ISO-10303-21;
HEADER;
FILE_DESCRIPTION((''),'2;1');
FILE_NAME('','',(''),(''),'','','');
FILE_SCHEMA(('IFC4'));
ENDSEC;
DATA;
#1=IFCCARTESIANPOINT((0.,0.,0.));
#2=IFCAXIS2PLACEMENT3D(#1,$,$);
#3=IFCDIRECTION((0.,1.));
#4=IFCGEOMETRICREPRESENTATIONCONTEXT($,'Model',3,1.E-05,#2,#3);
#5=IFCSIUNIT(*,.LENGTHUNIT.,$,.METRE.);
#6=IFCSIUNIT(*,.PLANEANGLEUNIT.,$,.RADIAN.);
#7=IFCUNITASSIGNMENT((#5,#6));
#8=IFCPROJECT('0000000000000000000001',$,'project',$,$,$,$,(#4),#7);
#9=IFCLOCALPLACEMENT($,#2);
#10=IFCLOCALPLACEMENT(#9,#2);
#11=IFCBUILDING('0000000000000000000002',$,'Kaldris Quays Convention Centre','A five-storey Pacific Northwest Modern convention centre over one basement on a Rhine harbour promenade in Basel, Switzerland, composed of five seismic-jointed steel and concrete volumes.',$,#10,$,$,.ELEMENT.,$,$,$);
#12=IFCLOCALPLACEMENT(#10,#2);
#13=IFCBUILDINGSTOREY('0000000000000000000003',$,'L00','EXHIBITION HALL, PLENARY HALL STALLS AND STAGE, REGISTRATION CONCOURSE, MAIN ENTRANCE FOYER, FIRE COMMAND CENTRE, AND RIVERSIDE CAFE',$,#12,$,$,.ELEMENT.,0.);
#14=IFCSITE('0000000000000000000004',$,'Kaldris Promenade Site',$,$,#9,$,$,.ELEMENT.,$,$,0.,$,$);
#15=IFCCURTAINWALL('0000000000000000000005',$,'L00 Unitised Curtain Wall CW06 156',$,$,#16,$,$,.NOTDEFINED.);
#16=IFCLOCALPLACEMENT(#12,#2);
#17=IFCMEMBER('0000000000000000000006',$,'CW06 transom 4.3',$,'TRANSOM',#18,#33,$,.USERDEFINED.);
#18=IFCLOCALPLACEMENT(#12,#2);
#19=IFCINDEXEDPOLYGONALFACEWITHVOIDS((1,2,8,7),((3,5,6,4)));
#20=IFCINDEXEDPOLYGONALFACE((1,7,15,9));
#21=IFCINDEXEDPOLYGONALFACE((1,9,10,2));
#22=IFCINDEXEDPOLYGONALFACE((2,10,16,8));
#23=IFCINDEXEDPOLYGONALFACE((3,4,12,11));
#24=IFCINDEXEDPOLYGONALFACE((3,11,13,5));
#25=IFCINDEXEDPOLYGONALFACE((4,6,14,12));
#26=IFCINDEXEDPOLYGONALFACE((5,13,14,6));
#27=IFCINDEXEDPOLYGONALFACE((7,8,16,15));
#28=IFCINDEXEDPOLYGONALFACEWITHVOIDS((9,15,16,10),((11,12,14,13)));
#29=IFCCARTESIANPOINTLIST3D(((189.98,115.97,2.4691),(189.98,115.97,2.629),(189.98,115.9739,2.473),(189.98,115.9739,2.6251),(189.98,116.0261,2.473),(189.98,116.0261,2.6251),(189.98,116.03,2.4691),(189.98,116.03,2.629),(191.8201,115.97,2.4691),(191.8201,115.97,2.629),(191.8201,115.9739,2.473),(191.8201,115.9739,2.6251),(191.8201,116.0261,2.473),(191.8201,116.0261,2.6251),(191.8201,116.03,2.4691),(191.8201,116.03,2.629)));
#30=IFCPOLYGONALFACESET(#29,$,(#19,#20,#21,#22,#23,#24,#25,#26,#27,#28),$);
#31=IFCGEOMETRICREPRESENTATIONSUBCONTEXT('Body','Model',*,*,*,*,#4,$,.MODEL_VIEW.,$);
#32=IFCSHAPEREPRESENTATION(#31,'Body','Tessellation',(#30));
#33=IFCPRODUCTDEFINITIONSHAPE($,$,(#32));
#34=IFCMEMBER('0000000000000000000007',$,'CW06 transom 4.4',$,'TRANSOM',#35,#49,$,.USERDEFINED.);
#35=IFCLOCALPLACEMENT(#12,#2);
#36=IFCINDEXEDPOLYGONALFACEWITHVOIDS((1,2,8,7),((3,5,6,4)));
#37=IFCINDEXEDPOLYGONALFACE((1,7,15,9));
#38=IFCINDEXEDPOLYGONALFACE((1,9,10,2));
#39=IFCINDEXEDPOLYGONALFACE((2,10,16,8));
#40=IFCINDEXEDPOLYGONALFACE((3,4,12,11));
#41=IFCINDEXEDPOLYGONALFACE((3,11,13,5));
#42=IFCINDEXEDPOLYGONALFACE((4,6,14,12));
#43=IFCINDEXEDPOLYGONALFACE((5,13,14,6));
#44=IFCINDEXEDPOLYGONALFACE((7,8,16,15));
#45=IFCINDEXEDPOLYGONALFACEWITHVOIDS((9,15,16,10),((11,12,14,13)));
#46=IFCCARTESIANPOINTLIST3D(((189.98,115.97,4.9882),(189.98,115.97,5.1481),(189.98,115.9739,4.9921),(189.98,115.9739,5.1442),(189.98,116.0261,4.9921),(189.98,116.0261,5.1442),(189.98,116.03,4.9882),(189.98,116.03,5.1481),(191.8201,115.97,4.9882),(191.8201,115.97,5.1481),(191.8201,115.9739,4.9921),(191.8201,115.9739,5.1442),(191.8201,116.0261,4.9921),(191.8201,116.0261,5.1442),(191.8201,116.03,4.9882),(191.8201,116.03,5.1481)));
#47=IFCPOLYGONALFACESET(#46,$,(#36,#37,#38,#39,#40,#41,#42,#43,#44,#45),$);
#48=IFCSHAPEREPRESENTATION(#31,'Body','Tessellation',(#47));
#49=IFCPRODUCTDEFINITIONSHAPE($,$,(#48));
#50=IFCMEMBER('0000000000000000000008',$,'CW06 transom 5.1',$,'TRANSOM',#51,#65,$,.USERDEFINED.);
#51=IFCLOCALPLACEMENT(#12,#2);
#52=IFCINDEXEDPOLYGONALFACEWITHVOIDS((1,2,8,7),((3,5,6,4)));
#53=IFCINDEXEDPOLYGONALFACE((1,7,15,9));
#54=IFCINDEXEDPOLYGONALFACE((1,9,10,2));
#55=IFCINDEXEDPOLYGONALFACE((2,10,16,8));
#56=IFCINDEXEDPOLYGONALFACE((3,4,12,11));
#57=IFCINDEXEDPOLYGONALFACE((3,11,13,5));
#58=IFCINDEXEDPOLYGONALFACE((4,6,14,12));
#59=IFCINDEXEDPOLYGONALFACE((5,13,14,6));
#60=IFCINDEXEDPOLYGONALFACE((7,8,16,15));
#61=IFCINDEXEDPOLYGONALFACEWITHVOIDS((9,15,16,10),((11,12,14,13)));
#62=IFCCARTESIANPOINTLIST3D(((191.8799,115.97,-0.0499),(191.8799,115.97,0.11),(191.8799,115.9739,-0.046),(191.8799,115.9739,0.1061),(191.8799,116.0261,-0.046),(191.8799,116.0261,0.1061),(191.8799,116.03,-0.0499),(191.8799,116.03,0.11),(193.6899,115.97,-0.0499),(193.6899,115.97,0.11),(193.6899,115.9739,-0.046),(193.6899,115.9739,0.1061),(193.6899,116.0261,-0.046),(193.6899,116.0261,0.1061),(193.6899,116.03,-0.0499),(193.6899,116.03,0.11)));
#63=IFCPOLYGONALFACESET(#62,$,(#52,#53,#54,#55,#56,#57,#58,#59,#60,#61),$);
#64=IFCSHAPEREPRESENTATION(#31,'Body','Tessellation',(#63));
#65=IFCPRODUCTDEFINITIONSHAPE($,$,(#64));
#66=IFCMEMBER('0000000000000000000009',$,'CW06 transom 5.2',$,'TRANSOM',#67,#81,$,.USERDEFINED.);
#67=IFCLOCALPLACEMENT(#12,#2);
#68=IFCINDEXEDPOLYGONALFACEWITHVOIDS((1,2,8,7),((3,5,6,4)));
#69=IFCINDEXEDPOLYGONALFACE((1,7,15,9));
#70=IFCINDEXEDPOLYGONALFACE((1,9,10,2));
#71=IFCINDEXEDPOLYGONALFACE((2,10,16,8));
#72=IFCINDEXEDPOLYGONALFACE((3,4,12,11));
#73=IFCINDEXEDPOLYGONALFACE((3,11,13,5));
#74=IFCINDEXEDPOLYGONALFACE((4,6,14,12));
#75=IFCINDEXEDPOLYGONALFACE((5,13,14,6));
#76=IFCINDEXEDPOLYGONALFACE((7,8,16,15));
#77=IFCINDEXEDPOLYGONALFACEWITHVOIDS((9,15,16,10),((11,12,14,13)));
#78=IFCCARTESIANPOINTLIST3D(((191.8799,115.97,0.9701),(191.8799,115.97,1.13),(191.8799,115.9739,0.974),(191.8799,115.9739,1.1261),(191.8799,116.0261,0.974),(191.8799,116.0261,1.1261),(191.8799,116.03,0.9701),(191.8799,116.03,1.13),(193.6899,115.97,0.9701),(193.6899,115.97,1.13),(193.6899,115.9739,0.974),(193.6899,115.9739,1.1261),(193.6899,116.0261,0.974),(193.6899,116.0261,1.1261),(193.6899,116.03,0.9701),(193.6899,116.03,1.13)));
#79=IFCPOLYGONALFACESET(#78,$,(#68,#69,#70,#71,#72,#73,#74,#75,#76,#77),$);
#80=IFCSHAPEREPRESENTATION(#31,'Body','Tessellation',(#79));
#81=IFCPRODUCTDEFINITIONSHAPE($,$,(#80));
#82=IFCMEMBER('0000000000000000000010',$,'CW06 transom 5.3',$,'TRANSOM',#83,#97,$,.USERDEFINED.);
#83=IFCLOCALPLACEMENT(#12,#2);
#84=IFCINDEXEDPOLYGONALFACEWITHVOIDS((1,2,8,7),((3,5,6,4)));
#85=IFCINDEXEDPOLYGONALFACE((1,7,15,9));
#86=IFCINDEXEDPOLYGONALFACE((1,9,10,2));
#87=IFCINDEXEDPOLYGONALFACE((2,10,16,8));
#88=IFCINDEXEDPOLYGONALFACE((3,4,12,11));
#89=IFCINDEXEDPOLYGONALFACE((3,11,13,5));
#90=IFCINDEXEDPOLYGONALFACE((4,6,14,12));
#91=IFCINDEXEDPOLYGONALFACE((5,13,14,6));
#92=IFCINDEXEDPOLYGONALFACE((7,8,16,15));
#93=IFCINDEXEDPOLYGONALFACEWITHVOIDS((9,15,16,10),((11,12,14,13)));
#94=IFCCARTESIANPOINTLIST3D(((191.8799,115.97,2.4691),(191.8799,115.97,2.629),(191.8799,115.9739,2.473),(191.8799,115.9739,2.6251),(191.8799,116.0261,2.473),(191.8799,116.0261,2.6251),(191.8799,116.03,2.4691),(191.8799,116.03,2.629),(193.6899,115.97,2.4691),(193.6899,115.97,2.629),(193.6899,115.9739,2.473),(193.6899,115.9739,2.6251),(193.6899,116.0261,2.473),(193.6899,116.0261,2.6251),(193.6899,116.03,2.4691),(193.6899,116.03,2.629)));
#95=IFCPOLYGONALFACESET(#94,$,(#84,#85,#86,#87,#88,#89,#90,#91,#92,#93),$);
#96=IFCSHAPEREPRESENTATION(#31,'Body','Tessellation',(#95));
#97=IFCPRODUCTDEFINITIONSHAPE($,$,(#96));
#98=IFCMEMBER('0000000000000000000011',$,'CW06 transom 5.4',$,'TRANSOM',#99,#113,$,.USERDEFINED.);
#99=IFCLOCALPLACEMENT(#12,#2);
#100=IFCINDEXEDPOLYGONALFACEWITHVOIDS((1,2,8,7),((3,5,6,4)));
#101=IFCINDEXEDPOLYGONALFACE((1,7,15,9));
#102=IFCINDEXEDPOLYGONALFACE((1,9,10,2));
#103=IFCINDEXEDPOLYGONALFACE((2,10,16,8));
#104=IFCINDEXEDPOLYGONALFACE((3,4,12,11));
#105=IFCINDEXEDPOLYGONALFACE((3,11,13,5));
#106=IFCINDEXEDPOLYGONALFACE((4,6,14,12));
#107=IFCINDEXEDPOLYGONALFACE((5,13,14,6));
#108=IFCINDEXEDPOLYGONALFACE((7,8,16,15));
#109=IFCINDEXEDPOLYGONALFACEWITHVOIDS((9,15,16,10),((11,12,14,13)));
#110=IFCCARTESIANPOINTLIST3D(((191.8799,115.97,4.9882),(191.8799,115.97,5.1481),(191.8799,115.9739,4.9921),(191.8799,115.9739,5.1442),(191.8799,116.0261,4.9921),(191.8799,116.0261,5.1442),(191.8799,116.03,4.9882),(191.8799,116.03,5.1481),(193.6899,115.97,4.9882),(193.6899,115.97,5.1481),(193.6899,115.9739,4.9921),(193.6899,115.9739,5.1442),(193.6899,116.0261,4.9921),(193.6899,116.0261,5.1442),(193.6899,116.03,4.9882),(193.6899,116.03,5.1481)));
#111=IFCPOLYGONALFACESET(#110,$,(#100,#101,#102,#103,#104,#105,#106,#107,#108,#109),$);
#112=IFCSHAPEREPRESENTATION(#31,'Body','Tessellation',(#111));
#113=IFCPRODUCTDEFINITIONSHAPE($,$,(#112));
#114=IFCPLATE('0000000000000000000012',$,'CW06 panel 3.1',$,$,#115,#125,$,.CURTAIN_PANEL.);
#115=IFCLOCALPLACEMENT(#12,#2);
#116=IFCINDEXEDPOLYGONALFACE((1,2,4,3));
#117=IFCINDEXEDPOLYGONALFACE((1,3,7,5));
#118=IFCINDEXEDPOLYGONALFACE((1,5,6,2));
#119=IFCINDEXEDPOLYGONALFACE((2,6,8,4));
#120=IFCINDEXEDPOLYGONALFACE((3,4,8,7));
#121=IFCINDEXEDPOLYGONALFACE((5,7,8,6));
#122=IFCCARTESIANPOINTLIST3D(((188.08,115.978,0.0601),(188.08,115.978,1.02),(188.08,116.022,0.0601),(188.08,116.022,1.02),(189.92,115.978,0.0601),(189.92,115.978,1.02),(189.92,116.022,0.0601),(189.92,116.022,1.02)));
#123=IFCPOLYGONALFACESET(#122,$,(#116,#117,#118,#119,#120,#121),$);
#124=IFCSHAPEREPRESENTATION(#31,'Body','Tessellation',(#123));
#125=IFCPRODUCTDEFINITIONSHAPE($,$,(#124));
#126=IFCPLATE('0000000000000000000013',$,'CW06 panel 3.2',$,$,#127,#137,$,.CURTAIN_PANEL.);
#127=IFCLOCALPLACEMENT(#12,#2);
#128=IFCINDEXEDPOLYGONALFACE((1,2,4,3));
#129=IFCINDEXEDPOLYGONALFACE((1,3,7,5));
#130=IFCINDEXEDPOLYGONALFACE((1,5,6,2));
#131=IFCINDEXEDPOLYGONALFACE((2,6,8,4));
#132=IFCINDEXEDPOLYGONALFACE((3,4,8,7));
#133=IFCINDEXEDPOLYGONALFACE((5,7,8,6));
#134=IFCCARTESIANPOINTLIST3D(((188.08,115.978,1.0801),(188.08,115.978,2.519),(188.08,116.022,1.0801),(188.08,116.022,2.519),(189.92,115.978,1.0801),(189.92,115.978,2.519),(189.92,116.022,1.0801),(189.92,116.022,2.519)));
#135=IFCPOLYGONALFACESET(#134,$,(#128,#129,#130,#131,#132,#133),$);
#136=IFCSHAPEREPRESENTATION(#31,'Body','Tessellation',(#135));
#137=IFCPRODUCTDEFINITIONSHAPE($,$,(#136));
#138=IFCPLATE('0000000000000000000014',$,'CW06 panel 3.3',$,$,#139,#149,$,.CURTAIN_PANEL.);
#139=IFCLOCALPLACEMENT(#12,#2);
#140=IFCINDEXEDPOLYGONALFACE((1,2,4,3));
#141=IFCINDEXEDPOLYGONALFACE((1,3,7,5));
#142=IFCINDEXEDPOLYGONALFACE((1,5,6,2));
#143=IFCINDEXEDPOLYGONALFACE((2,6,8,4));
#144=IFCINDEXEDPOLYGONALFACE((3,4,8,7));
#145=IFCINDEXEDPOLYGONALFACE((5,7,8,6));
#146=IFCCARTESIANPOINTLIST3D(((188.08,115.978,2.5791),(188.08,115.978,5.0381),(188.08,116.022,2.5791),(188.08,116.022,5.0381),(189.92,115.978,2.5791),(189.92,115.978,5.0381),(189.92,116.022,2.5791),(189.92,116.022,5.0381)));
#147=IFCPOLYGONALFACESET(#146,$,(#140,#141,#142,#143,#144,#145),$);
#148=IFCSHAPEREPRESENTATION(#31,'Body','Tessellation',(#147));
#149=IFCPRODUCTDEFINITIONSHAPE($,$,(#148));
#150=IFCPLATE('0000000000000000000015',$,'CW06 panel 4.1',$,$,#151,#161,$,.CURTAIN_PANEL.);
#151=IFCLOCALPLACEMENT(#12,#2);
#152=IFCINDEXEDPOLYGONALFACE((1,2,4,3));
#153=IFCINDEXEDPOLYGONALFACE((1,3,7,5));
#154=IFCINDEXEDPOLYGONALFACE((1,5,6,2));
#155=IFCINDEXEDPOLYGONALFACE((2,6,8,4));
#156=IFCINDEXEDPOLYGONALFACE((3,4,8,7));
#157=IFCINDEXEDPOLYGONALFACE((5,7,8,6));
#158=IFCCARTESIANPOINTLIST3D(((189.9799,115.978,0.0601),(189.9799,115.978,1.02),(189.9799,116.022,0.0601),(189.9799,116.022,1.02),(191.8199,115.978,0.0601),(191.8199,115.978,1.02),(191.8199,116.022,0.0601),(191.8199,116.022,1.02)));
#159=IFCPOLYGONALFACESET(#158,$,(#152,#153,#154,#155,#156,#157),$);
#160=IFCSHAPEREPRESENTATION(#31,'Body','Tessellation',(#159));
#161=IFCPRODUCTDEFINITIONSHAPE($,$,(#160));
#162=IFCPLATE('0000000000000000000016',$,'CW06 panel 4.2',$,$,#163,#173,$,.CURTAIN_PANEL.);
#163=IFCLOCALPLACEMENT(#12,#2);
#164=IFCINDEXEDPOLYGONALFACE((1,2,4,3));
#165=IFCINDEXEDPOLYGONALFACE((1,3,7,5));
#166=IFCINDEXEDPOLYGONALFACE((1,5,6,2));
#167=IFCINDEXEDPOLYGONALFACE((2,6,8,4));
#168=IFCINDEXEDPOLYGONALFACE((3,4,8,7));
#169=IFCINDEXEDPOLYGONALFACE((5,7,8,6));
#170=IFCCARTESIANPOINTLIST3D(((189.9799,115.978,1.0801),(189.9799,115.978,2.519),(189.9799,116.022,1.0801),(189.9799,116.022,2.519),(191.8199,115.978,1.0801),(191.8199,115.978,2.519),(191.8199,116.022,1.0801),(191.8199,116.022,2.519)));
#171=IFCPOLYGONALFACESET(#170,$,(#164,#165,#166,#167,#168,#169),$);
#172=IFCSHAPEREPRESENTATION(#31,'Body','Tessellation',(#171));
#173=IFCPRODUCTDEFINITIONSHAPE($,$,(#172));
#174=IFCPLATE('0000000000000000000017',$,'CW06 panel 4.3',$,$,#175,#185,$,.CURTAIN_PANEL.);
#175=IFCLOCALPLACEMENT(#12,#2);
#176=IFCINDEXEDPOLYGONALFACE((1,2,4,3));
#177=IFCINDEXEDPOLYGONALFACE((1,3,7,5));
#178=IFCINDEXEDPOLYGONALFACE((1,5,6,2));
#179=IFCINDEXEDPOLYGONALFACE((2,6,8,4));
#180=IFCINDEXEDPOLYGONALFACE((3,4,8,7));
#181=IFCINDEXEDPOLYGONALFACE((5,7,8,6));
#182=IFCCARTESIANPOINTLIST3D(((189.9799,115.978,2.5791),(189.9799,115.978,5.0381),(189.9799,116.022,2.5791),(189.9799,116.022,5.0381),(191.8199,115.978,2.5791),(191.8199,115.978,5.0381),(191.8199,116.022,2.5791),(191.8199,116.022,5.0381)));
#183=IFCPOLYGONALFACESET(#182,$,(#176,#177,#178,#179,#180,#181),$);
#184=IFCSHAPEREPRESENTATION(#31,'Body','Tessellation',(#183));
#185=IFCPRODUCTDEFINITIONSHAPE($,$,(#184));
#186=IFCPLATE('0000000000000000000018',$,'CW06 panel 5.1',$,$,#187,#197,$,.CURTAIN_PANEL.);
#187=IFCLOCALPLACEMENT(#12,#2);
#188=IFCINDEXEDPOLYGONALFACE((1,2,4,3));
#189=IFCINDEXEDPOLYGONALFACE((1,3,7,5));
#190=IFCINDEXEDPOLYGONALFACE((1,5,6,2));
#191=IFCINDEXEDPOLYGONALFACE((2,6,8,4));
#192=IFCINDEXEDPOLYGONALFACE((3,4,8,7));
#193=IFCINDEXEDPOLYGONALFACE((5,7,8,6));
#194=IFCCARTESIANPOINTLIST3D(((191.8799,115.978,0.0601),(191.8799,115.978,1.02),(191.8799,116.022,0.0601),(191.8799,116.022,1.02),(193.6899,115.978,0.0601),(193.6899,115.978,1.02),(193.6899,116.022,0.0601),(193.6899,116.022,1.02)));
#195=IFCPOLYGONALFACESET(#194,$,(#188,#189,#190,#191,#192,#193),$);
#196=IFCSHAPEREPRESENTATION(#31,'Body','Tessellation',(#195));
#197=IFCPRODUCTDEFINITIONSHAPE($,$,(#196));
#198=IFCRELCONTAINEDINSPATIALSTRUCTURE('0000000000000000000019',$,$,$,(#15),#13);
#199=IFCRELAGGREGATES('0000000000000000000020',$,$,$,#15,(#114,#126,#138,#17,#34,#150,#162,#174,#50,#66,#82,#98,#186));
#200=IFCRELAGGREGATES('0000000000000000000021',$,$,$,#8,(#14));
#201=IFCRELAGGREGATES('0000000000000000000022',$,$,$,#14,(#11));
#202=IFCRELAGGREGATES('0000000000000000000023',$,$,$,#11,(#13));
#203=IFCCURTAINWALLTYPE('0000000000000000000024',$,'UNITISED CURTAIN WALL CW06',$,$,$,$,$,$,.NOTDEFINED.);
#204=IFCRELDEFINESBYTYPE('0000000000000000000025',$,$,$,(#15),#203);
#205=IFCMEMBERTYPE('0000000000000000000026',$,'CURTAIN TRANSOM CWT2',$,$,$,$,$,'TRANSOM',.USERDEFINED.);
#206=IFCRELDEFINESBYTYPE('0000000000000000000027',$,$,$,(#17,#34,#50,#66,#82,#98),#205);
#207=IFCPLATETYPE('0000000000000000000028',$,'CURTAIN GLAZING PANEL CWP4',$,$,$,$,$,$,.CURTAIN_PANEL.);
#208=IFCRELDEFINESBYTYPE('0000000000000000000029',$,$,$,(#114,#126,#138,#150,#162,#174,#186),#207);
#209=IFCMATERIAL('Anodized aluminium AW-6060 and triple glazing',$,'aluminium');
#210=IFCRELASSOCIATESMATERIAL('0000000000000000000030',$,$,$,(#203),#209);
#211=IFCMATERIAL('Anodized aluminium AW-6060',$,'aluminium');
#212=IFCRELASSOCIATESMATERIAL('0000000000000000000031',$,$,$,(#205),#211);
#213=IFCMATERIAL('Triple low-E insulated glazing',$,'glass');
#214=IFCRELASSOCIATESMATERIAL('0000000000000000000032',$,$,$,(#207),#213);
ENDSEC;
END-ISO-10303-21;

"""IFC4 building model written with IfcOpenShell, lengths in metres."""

from ifc_helpers import new_model, si_unit, direction, frame, origin, origin_2d, place, context, subcontext, project, spatial, rectangle, hollow_rectangle, extrude, material, material_profile, profile_set, type_object, element, aggregate, save


model = new_model("IFC4")

# Units and contexts
model_context = context("Model", 3, precision=1e-05, world=origin(), true_north=direction((0.0, 1.0)))
body_context = subcontext(model_context, "Body", "Model", "MODEL_VIEW")
ifc_project = project(units=[si_unit("LENGTHUNIT", "METRE"), si_unit("PLANEANGLEUNIT", "RADIAN")], contexts=[model_context])

# Site, building, storey
site_placement = place(None, origin())
site = spatial("IfcSite", under=ifc_project, at=site_placement, Name="Kaldris Promenade Site", CompositionType="ELEMENT", RefElevation=0.0)
building_placement = place(site_placement, origin())
building = spatial("IfcBuilding", under=site, at=building_placement, Name="Kaldris Quays Convention Centre", Description="A five-storey Pacific Northwest Modern convention centre over one basement on a Rhine harbour promenade in Basel, Switzerland, composed of five seismic-jointed steel and concrete volumes.", CompositionType="ELEMENT")
storey_placement = place(building_placement, origin())
storey = spatial("IfcBuildingStorey", under=building, at=storey_placement, Name="L00", Description="EXHIBITION HALL, PLENARY HALL STALLS AND STAGE, REGISTRATION CONCOURSE, MAIN ENTRANCE FOYER, FIRE COMMAND CENTRE, AND RIVERSIDE CAFE", CompositionType="ELEMENT", Elevation=0.0)

# Curtain wall, members, plates
ifc_material_1 = material(Name="Anodized aluminium AW-6060 and triple glazing", Category="aluminium")
curtain_wall_type = type_object("IfcCurtainWallType", Name="UNITISED CURTAIN WALL CW06", PredefinedType="NOTDEFINED", material=ifc_material_1)
curtain_wall_placement = place(storey_placement, origin())
curtain_wall = element("IfcCurtainWall", 1, at=curtain_wall_placement, inside=storey, type_object=curtain_wall_type, Name="L00 Unitised Curtain Wall CW06 156", PredefinedType="NOTDEFINED")
ifc_material_2 = material(Name="Anodized aluminium AW-6060", Category="aluminium")
ifc_material_profile_1 = material_profile(ifc_material_2, hollow_rectangle(XDim=0.0601, YDim=0.1599, WallThickness=0.0039, at=origin_2d()), Name="RHS 160x60x4")
ifc_profile_set_1 = profile_set([ifc_material_profile_1], Name="Anodized aluminium AW-6060")
member_type_1 = type_object("IfcMemberType", Name="CURTAIN TRANSOM CWT2", ElementType="TRANSOM", PredefinedType="USERDEFINED", material=ifc_profile_set_1)
member_1_placement = place(storey_placement, frame((189.98, 116.0, 2.5491), z_axis=(1.0, 0.0, 0.0), x_axis=(0.0, 1.0, 0.0)))
member_1 = element("IfcMember", 2, at=member_1_placement, type_object=member_type_1, Name="CW06 transom 4.3", ObjectType="TRANSOM", PredefinedType="USERDEFINED", context=body_context, shape_type="SweptSolid", body=[
    extrude(hollow_rectangle(XDim=0.0601, YDim=0.1599, WallThickness=0.0039, at=origin_2d()), origin(), (0.0, 0.0, 1.0), 1.8401),
])
member_2_placement = place(storey_placement, frame((189.98, 116.0, 5.0681), z_axis=(1.0, 0.0, 0.0), x_axis=(0.0, 1.0, 0.0)))
member_2 = element("IfcMember", 3, at=member_2_placement, type_object=member_type_1, Name="CW06 transom 4.4", ObjectType="TRANSOM", PredefinedType="USERDEFINED", context=body_context, shape_type="SweptSolid", body=[
    extrude(hollow_rectangle(XDim=0.0601, YDim=0.1599, WallThickness=0.0039, at=origin_2d()), origin(), (0.0, 0.0, 1.0), 1.8401),
])
member_3_placement = place(storey_placement, frame((191.8799, 116.0, 0.03), z_axis=(1.0, 0.0, 0.0), x_axis=(0.0, 1.0, 0.0)))
member_3 = element("IfcMember", 4, at=member_3_placement, type_object=member_type_1, Name="CW06 transom 5.1", ObjectType="TRANSOM", PredefinedType="USERDEFINED", context=body_context, shape_type="SweptSolid", body=[
    extrude(hollow_rectangle(XDim=0.0601, YDim=0.1599, WallThickness=0.0039, at=origin_2d()), origin(), (0.0, 0.0, 1.0), 1.8101),
])
member_4_placement = place(storey_placement, frame((191.8799, 116.0, 1.05), z_axis=(1.0, 0.0, 0.0), x_axis=(0.0, 1.0, 0.0)))
member_4 = element("IfcMember", 5, at=member_4_placement, type_object=member_type_1, Name="CW06 transom 5.2", ObjectType="TRANSOM", PredefinedType="USERDEFINED", context=body_context, shape_type="SweptSolid", body=[
    extrude(hollow_rectangle(XDim=0.0601, YDim=0.1599, WallThickness=0.0039, at=origin_2d()), origin(), (0.0, 0.0, 1.0), 1.8101),
])
member_5_placement = place(storey_placement, frame((191.8799, 116.0, 2.5491), z_axis=(1.0, 0.0, 0.0), x_axis=(0.0, 1.0, 0.0)))
member_5 = element("IfcMember", 6, at=member_5_placement, type_object=member_type_1, Name="CW06 transom 5.3", ObjectType="TRANSOM", PredefinedType="USERDEFINED", context=body_context, shape_type="SweptSolid", body=[
    extrude(hollow_rectangle(XDim=0.0601, YDim=0.1599, WallThickness=0.0039, at=origin_2d()), origin(), (0.0, 0.0, 1.0), 1.8101),
])
member_6_placement = place(storey_placement, frame((191.8799, 116.0, 5.0681), z_axis=(1.0, 0.0, 0.0), x_axis=(0.0, 1.0, 0.0)))
member_6 = element("IfcMember", 7, at=member_6_placement, type_object=member_type_1, Name="CW06 transom 5.4", ObjectType="TRANSOM", PredefinedType="USERDEFINED", context=body_context, shape_type="SweptSolid", body=[
    extrude(hollow_rectangle(XDim=0.0601, YDim=0.1599, WallThickness=0.0039, at=origin_2d()), origin(), (0.0, 0.0, 1.0), 1.8101),
])
ifc_material_3 = material(Name="Triple low-E insulated glazing", Category="glass")
plate_type = type_object("IfcPlateType", Name="CURTAIN GLAZING PANEL CWP4", PredefinedType="CURTAIN_PANEL", material=ifc_material_3)
plate_1_placement = place(storey_placement, frame((189.0, 116.0, 0.0601), z_axis=(0.0, 0.0, 1.0), x_axis=(1.0, 0.0, 0.0)))
plate_1 = element("IfcPlate", 8, at=plate_1_placement, type_object=plate_type, Name="CW06 panel 3.1", PredefinedType="CURTAIN_PANEL", context=body_context, shape_type="SweptSolid", body=[
    extrude(rectangle(XDim=1.8401, YDim=0.0439, at=origin_2d()), origin(), (0.0, 0.0, 1.0), 0.96),
])
plate_2_placement = place(storey_placement, frame((189.0, 116.0, 1.0801), z_axis=(0.0, 0.0, 1.0), x_axis=(1.0, 0.0, 0.0)))
plate_2 = element("IfcPlate", 9, at=plate_2_placement, type_object=plate_type, Name="CW06 panel 3.2", PredefinedType="CURTAIN_PANEL", context=body_context, shape_type="SweptSolid", body=[
    extrude(rectangle(XDim=1.8401, YDim=0.0439, at=origin_2d()), origin(), (0.0, 0.0, 1.0), 1.439),
])
plate_3_placement = place(storey_placement, frame((189.0, 116.0, 2.5791), z_axis=(0.0, 0.0, 1.0), x_axis=(1.0, 0.0, 0.0)))
plate_3 = element("IfcPlate", 10, at=plate_3_placement, type_object=plate_type, Name="CW06 panel 3.3", PredefinedType="CURTAIN_PANEL", context=body_context, shape_type="SweptSolid", body=[
    extrude(rectangle(XDim=1.8401, YDim=0.0439, at=origin_2d()), origin(), (0.0, 0.0, 1.0), 2.459),
])
plate_4_placement = place(storey_placement, frame((190.8999, 116.0, 0.0601), z_axis=(0.0, 0.0, 1.0), x_axis=(1.0, 0.0, 0.0)))
plate_4 = element("IfcPlate", 11, at=plate_4_placement, type_object=plate_type, Name="CW06 panel 4.1", PredefinedType="CURTAIN_PANEL", context=body_context, shape_type="SweptSolid", body=[
    extrude(rectangle(XDim=1.8401, YDim=0.0439, at=origin_2d()), origin(), (0.0, 0.0, 1.0), 0.96),
])
plate_5_placement = place(storey_placement, frame((190.8999, 116.0, 1.0801), z_axis=(0.0, 0.0, 1.0), x_axis=(1.0, 0.0, 0.0)))
plate_5 = element("IfcPlate", 12, at=plate_5_placement, type_object=plate_type, Name="CW06 panel 4.2", PredefinedType="CURTAIN_PANEL", context=body_context, shape_type="SweptSolid", body=[
    extrude(rectangle(XDim=1.8401, YDim=0.0439, at=origin_2d()), origin(), (0.0, 0.0, 1.0), 1.439),
])
plate_6_placement = place(storey_placement, frame((190.8999, 116.0, 2.5791), z_axis=(0.0, 0.0, 1.0), x_axis=(1.0, 0.0, 0.0)))
plate_6 = element("IfcPlate", 13, at=plate_6_placement, type_object=plate_type, Name="CW06 panel 4.3", PredefinedType="CURTAIN_PANEL", context=body_context, shape_type="SweptSolid", body=[
    extrude(rectangle(XDim=1.8401, YDim=0.0439, at=origin_2d()), origin(), (0.0, 0.0, 1.0), 2.459),
])
plate_7_placement = place(storey_placement, frame((192.7849, 116.0, 0.0601), z_axis=(0.0, 0.0, 1.0), x_axis=(1.0, 0.0, 0.0)))
plate_7 = element("IfcPlate", 14, at=plate_7_placement, type_object=plate_type, Name="CW06 panel 5.1", PredefinedType="CURTAIN_PANEL", context=body_context, shape_type="SweptSolid", body=[
    extrude(rectangle(XDim=1.8101, YDim=0.0439, at=origin_2d()), origin(), (0.0, 0.0, 1.0), 0.96),
])
aggregate(curtain_wall, [plate_1, plate_2, plate_3, member_1, member_2, plate_4, plate_5, plate_6, member_3, member_4, member_5, member_6, plate_7])

save(model, "model.ifc")
